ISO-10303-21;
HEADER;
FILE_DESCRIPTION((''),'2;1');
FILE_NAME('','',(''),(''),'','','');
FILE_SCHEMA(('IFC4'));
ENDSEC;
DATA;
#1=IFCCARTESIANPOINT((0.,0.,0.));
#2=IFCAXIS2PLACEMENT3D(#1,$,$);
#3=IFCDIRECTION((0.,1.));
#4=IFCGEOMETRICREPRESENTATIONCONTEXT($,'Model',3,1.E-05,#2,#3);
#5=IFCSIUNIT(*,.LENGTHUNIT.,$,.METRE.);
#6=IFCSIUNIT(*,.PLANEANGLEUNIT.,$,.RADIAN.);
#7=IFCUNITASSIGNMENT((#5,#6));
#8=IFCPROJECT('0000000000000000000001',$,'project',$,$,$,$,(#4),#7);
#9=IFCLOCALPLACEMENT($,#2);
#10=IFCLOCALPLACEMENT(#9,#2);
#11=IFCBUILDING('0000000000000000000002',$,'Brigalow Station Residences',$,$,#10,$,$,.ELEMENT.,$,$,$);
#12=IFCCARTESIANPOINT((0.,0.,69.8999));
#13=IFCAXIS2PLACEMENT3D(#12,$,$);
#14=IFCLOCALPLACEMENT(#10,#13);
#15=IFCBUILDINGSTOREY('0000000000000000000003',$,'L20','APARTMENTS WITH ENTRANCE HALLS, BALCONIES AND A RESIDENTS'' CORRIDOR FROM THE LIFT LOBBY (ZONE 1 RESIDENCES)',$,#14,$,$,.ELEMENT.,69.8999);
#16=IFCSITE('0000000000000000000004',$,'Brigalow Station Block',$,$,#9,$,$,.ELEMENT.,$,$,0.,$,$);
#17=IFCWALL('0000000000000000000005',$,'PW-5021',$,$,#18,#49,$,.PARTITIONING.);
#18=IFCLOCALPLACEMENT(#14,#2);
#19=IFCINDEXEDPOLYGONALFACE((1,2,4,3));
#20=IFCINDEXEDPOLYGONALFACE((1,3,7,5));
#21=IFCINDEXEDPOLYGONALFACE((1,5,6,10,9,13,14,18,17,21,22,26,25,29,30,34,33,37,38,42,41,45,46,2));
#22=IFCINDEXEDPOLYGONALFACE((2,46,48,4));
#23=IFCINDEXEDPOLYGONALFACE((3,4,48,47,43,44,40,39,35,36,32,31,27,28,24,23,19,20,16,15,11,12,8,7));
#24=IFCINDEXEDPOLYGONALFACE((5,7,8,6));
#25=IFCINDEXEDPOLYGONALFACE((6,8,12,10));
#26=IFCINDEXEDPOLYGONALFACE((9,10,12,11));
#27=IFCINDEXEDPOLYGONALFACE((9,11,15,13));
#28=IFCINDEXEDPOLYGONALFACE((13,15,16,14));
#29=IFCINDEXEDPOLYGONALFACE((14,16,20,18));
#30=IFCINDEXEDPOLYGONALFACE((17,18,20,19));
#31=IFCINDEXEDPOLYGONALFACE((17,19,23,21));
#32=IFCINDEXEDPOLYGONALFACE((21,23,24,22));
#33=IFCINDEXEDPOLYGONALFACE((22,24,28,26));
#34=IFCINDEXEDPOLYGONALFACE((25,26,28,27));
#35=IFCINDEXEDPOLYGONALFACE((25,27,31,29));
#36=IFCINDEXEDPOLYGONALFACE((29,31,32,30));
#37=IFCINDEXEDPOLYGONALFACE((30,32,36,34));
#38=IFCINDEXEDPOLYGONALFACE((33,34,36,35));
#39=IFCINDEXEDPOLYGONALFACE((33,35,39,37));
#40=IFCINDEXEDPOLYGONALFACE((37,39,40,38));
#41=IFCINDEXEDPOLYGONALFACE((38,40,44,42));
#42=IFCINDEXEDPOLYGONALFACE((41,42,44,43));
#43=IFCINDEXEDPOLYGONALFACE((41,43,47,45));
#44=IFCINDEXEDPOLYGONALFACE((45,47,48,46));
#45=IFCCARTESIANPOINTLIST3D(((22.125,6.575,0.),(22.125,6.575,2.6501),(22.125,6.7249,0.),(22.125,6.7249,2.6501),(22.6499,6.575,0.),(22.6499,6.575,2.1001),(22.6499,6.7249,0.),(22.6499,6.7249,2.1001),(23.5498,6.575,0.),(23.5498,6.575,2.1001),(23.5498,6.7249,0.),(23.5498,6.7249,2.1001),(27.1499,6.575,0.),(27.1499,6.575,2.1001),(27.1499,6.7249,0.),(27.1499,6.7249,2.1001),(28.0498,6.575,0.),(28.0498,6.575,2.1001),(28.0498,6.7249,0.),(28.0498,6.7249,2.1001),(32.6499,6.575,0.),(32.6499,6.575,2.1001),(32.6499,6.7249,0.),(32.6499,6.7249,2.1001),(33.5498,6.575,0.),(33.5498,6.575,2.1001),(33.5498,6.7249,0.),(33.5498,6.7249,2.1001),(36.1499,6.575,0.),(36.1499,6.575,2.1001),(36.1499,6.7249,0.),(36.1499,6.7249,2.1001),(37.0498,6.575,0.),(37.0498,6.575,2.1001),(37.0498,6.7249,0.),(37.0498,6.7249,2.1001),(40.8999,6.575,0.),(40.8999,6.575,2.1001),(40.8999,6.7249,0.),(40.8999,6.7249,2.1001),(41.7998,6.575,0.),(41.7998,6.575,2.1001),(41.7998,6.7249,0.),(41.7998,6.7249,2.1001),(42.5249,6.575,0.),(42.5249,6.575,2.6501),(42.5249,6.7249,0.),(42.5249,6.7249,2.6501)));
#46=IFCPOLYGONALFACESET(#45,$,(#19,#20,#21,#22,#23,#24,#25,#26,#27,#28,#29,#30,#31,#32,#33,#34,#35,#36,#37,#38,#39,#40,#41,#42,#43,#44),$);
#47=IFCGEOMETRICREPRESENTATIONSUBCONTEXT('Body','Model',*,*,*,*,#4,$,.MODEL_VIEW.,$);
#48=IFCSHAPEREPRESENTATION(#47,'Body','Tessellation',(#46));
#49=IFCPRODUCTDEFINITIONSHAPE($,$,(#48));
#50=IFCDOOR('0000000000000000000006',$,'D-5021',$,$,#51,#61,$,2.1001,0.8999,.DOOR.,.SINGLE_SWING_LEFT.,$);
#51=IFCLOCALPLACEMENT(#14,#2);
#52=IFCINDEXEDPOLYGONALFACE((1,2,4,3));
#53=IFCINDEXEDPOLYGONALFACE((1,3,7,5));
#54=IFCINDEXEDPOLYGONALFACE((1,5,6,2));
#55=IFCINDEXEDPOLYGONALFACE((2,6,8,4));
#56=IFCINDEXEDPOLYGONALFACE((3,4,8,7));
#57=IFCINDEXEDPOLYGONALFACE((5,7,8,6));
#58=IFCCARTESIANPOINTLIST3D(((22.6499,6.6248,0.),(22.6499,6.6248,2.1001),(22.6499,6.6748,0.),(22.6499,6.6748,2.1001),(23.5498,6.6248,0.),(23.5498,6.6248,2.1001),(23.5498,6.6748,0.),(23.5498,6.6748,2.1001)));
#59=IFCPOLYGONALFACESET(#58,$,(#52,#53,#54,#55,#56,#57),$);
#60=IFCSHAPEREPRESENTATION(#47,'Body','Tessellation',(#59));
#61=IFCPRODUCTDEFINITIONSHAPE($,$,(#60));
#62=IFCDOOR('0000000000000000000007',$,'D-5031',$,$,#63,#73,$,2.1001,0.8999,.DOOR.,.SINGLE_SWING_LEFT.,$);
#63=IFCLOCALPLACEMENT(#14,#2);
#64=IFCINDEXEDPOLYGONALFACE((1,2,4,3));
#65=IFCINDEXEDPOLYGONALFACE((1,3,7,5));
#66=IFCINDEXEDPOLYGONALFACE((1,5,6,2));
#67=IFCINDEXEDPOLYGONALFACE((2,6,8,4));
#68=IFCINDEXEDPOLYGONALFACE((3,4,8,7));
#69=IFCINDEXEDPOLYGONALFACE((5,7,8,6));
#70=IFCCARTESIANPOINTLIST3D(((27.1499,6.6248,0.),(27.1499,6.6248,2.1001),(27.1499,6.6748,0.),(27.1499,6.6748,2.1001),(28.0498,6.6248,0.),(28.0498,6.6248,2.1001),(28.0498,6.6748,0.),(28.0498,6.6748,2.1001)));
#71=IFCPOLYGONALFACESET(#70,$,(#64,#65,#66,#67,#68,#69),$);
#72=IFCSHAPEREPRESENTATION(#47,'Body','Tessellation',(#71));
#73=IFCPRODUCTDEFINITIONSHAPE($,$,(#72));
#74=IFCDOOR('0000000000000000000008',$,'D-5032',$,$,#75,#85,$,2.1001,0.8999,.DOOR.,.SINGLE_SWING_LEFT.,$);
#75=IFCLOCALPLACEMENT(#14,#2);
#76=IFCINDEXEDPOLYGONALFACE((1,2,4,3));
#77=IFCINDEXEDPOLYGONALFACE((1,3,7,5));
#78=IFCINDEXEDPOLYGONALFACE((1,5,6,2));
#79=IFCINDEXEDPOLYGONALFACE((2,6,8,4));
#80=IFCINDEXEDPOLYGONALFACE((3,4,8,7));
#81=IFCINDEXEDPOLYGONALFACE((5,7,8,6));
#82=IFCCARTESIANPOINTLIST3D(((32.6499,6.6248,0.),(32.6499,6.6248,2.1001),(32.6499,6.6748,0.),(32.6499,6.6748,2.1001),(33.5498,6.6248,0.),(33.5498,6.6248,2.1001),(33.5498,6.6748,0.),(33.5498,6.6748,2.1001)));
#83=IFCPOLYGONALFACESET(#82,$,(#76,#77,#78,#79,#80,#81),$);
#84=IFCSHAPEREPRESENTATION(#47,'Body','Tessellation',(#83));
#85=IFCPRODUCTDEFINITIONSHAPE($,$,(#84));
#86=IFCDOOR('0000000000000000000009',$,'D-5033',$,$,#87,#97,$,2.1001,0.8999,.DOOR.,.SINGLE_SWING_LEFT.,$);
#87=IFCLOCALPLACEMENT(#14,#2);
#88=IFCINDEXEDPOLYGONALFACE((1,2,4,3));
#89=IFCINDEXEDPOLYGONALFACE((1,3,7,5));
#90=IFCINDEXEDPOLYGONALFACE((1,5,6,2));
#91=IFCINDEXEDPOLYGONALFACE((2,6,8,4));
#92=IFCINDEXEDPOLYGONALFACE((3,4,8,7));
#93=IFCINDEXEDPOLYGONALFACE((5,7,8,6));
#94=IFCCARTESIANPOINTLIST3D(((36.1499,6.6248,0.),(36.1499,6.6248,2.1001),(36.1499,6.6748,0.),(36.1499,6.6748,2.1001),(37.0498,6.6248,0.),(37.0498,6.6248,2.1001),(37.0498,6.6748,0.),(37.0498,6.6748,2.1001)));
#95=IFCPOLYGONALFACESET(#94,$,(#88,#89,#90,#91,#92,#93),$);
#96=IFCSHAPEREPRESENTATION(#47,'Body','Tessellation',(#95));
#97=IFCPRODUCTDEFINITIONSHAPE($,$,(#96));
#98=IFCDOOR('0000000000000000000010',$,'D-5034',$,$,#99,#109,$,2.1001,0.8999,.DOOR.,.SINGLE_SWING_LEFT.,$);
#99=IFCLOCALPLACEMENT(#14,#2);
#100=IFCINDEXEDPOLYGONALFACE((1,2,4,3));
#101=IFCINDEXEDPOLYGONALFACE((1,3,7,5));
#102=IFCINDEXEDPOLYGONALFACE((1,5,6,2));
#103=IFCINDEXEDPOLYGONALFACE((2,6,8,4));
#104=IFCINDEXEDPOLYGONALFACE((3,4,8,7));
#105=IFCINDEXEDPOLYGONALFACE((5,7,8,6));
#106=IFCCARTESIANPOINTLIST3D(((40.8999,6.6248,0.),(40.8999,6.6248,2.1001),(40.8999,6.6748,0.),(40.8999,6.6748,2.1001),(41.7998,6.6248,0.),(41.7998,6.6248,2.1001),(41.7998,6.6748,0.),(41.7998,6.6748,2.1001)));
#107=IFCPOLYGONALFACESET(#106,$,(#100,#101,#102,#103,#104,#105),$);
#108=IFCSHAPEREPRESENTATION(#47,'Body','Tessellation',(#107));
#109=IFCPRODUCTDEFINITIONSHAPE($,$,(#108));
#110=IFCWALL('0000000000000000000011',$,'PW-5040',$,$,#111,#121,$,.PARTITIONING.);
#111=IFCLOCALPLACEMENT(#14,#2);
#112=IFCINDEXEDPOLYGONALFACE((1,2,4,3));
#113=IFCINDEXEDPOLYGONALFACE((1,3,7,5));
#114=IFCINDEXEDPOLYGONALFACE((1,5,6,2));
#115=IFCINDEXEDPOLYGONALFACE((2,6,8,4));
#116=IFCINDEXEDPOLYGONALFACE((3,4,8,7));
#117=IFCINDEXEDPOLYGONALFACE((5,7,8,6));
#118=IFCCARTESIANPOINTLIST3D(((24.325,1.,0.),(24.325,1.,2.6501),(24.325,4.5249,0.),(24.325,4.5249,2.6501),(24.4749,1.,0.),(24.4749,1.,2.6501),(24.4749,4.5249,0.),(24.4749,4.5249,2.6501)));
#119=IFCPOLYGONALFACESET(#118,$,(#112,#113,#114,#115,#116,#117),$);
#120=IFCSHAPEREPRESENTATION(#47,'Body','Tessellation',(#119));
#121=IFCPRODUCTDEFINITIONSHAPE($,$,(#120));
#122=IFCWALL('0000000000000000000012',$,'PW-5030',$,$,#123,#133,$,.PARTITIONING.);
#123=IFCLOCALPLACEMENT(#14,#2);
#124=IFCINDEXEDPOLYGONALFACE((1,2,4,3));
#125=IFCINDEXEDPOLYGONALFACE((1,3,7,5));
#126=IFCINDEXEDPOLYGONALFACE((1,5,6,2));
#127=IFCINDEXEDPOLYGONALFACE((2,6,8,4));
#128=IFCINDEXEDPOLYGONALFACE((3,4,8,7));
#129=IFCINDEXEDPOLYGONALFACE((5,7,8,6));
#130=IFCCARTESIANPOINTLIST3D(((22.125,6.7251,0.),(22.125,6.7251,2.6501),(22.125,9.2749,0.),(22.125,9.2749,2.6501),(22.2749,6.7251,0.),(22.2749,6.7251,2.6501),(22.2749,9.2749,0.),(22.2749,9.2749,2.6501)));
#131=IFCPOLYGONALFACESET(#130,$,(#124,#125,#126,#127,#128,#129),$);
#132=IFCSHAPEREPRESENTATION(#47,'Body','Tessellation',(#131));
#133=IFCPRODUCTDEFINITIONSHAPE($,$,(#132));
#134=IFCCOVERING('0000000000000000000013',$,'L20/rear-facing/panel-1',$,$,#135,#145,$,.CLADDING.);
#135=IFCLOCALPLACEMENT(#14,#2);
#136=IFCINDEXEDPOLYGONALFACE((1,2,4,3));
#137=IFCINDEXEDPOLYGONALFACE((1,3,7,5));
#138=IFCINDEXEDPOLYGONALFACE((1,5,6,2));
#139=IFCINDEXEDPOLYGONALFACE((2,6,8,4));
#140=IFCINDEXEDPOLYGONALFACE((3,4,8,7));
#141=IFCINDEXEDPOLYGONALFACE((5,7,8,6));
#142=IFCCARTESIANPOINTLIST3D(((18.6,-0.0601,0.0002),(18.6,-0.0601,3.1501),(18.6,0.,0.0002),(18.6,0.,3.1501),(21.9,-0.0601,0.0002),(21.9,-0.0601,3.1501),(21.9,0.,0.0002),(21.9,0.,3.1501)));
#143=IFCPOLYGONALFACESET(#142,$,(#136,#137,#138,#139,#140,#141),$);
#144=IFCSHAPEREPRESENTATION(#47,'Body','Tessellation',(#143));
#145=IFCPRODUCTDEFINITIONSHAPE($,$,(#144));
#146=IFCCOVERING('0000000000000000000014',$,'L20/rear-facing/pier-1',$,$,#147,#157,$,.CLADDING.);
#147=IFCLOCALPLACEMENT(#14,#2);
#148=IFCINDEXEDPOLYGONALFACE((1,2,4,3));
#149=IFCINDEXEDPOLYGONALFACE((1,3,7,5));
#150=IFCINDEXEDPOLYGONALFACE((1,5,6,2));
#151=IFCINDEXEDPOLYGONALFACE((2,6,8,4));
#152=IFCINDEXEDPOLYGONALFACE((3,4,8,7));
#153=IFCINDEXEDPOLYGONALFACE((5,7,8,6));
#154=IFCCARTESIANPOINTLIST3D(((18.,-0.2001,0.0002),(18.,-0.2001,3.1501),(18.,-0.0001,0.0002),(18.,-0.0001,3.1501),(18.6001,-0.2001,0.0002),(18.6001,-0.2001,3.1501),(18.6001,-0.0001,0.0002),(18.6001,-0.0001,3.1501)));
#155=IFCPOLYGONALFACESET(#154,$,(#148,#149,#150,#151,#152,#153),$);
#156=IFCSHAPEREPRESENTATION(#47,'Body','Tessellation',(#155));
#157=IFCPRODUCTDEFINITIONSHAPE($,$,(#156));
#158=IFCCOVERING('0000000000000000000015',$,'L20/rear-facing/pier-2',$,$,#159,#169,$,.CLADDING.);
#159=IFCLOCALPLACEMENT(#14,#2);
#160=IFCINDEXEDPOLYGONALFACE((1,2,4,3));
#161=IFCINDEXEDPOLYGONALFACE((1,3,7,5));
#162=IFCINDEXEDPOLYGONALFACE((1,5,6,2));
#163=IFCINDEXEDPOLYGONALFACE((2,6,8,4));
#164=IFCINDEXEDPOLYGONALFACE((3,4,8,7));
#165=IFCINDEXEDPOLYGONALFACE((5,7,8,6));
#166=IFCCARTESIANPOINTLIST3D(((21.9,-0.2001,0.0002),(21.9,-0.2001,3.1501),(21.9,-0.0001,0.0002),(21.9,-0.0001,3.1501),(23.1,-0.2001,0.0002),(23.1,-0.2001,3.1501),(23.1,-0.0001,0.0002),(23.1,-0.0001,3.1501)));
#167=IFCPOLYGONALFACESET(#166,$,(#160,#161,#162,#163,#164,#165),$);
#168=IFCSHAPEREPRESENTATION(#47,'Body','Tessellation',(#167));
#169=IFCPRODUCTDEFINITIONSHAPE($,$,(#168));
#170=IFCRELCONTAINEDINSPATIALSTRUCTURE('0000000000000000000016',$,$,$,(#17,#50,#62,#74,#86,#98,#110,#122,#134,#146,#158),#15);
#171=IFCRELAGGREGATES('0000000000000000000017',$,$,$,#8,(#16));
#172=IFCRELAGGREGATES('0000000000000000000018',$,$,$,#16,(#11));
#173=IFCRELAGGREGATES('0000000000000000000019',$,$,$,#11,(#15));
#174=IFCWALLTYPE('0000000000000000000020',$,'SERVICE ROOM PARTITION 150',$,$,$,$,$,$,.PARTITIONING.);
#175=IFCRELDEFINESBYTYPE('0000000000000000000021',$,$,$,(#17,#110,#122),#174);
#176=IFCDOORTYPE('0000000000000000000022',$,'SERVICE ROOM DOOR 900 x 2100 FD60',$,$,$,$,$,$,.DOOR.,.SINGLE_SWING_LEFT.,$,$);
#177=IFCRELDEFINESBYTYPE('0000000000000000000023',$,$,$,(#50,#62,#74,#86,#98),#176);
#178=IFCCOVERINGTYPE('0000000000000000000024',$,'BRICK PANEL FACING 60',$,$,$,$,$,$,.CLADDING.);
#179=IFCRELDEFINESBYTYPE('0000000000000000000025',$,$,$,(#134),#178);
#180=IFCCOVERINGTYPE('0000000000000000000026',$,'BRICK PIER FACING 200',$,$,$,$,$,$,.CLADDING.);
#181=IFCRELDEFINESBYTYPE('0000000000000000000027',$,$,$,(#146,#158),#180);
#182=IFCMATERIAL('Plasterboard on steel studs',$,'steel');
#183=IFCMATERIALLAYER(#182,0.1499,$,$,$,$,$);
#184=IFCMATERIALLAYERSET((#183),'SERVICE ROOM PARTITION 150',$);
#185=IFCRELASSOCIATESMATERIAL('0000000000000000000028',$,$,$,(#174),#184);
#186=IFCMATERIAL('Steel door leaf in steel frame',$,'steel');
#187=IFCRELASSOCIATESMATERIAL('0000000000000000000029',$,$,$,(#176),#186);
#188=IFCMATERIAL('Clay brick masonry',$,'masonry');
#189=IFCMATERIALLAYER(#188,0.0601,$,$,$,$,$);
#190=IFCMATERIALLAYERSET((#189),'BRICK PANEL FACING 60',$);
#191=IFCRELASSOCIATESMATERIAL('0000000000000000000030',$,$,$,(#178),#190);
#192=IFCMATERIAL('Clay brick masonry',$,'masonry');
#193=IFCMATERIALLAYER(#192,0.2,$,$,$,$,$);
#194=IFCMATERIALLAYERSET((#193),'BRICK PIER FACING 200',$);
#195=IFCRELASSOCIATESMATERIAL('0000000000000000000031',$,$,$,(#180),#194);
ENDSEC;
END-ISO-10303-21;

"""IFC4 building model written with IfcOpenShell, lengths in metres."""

from ifc_helpers import new_model, si_unit, direction, frame, frame_2d, origin, origin_2d, place, context, subcontext, project, spatial, rectangle, extrude, material, layer, layer_set, type_object, element, fill, save


model = new_model("IFC4")

# Units and contexts
model_context = context("Model", 3, precision=1e-05, world=origin(), true_north=direction((0.0, 1.0)))
body_context = subcontext(model_context, "Body", "Model", "MODEL_VIEW")
ifc_project = project(units=[si_unit("LENGTHUNIT", "METRE"), si_unit("PLANEANGLEUNIT", "RADIAN")], contexts=[model_context])

# Site, building, storey
site_placement = place(None, origin())
site = spatial("IfcSite", under=ifc_project, at=site_placement, Name="Brigalow Station Block", CompositionType="ELEMENT", RefElevation=0.0)
building_placement = place(site_placement, origin())
building = spatial("IfcBuilding", under=site, at=building_placement, Name="Brigalow Station Residences", CompositionType="ELEMENT")
storey_placement = place(building_placement, frame((0.0, 0.0, 69.8999)))
storey = spatial("IfcBuildingStorey", under=building, at=storey_placement, Name="L20", Description="APARTMENTS WITH ENTRANCE HALLS, BALCONIES AND A RESIDENTS' CORRIDOR FROM THE LIFT LOBBY (ZONE 1 RESIDENCES)", CompositionType="ELEMENT", Elevation=69.8999)

# Wall, openings, doors
ifc_material_1 = material(Name="Plasterboard on steel studs", Category="steel")
ifc_layer_1 = layer(ifc_material_1, 0.1499)
ifc_layer_set_1 = layer_set([ifc_layer_1], Name="SERVICE ROOM PARTITION 150")
wall_type_1 = type_object("IfcWallType", Name="SERVICE ROOM PARTITION 150", PredefinedType="PARTITIONING", material=ifc_layer_set_1)
ifc_material_2 = material(Name="Steel door leaf in steel frame", Category="steel")
door_type = type_object("IfcDoorType", Name="SERVICE ROOM DOOR 900 x 2100 FD60", OperationType="SINGLE_SWING_LEFT", PredefinedType="DOOR", material=ifc_material_2)
wall_1_placement = place(storey_placement, frame((22.125, 6.6499, 0.0), z_axis=(0.0, 0.0, 1.0), x_axis=(1.0, 0.0, 0.0)))
wall_1 = element("IfcWall", 1, at=wall_1_placement, inside=storey, type_object=wall_type_1, Name="PW-5021", PredefinedType="PARTITIONING", context=body_context, shape_type="SweptSolid", body=[
    extrude(rectangle(XDim=20.3999, YDim=0.1499, at=frame_2d((10.2, 0.0))), origin(), (0.0, 0.0, 1.0), 2.6501),
])
opening_1_placement = place(wall_1_placement, frame((0.5249, 0.0, 0.0)))
opening_1 = element("IfcOpeningElement", 2, at=opening_1_placement, cuts=wall_1, PredefinedType="OPENING", context=body_context, shape_type="SweptSolid", body=[
    extrude(rectangle(XDim=0.8999, YDim=2.1001, at=frame_2d((0.45, 1.05))), frame((0.0, 0.085, 0.0), z_axis=(0.0, -1.0, 0.0), x_axis=(1.0, 0.0, 0.0)), (0.0, 0.0, 1.0), 0.1699),
])
opening_2_placement = place(wall_1_placement, frame((5.0249, 0.0, 0.0)))
opening_2 = element("IfcOpeningElement", 3, at=opening_2_placement, cuts=wall_1, PredefinedType="OPENING", context=body_context, shape_type="SweptSolid", body=[
    extrude(rectangle(XDim=0.8999, YDim=2.1001, at=frame_2d((0.45, 1.05))), frame((0.0, 0.085, 0.0), z_axis=(0.0, -1.0, 0.0), x_axis=(1.0, 0.0, 0.0)), (0.0, 0.0, 1.0), 0.1699),
])
opening_3_placement = place(wall_1_placement, frame((10.5249, 0.0, 0.0)))
opening_3 = element("IfcOpeningElement", 4, at=opening_3_placement, cuts=wall_1, PredefinedType="OPENING", context=body_context, shape_type="SweptSolid", body=[
    extrude(rectangle(XDim=0.8999, YDim=2.1001, at=frame_2d((0.45, 1.05))), frame((0.0, 0.085, 0.0), z_axis=(0.0, -1.0, 0.0), x_axis=(1.0, 0.0, 0.0)), (0.0, 0.0, 1.0), 0.1699),
])
opening_4_placement = place(wall_1_placement, frame((14.0249, 0.0, 0.0)))
opening_4 = element("IfcOpeningElement", 5, at=opening_4_placement, cuts=wall_1, PredefinedType="OPENING", context=body_context, shape_type="SweptSolid", body=[
    extrude(rectangle(XDim=0.8999, YDim=2.1001, at=frame_2d((0.45, 1.05))), frame((0.0, 0.085, 0.0), z_axis=(0.0, -1.0, 0.0), x_axis=(1.0, 0.0, 0.0)), (0.0, 0.0, 1.0), 0.1699),
])
opening_5_placement = place(wall_1_placement, frame((18.7749, 0.0, 0.0)))
opening_5 = element("IfcOpeningElement", 6, at=opening_5_placement, cuts=wall_1, PredefinedType="OPENING", context=body_context, shape_type="SweptSolid", body=[
    extrude(rectangle(XDim=0.8999, YDim=2.1001, at=frame_2d((0.45, 1.05))), frame((0.0, 0.085, 0.0), z_axis=(0.0, -1.0, 0.0), x_axis=(1.0, 0.0, 0.0)), (0.0, 0.0, 1.0), 0.1699),
])
door_1_placement = place(opening_1_placement, origin())
door_1 = element("IfcDoor", 7, at=door_1_placement, inside=storey, type_object=door_type, Name="D-5021", OperationType="SINGLE_SWING_LEFT", OverallHeight=2.1001, OverallWidth=0.8999, PredefinedType="DOOR", context=body_context, shape_type="SweptSolid", body=[
    extrude(rectangle(XDim=0.8999, YDim=2.1001, at=frame_2d((0.45, 1.05))), frame((0.0, 0.0249, 0.0), z_axis=(0.0, -1.0, 0.0), x_axis=(1.0, 0.0, 0.0)), (0.0, 0.0, 1.0), 0.05),
])
fill(opening_1, door_1)
door_2_placement = place(opening_2_placement, origin())
door_2 = element("IfcDoor", 8, at=door_2_placement, inside=storey, type_object=door_type, Name="D-5031", OperationType="SINGLE_SWING_LEFT", OverallHeight=2.1001, OverallWidth=0.8999, PredefinedType="DOOR", context=body_context, shape_type="SweptSolid", body=[
    extrude(rectangle(XDim=0.8999, YDim=2.1001, at=frame_2d((0.45, 1.05))), frame((0.0, 0.0249, 0.0), z_axis=(0.0, -1.0, 0.0), x_axis=(1.0, 0.0, 0.0)), (0.0, 0.0, 1.0), 0.05),
])
fill(opening_2, door_2)
door_3_placement = place(opening_3_placement, origin())
door_3 = element("IfcDoor", 9, at=door_3_placement, inside=storey, type_object=door_type, Name="D-5032", OperationType="SINGLE_SWING_LEFT", OverallHeight=2.1001, OverallWidth=0.8999, PredefinedType="DOOR", context=body_context, shape_type="SweptSolid", body=[
    extrude(rectangle(XDim=0.8999, YDim=2.1001, at=frame_2d((0.45, 1.05))), frame((0.0, 0.0249, 0.0), z_axis=(0.0, -1.0, 0.0), x_axis=(1.0, 0.0, 0.0)), (0.0, 0.0, 1.0), 0.05),
])
fill(opening_3, door_3)
door_4_placement = place(opening_4_placement, origin())
door_4 = element("IfcDoor", 10, at=door_4_placement, inside=storey, type_object=door_type, Name="D-5033", OperationType="SINGLE_SWING_LEFT", OverallHeight=2.1001, OverallWidth=0.8999, PredefinedType="DOOR", context=body_context, shape_type="SweptSolid", body=[
    extrude(rectangle(XDim=0.8999, YDim=2.1001, at=frame_2d((0.45, 1.05))), frame((0.0, 0.0249, 0.0), z_axis=(0.0, -1.0, 0.0), x_axis=(1.0, 0.0, 0.0)), (0.0, 0.0, 1.0), 0.05),
])
fill(opening_4, door_4)
door_5_placement = place(opening_5_placement, origin())
door_5 = element("IfcDoor", 11, at=door_5_placement, inside=storey, type_object=door_type, Name="D-5034", OperationType="SINGLE_SWING_LEFT", OverallHeight=2.1001, OverallWidth=0.8999, PredefinedType="DOOR", context=body_context, shape_type="SweptSolid", body=[
    extrude(rectangle(XDim=0.8999, YDim=2.1001, at=frame_2d((0.45, 1.05))), frame((0.0, 0.0249, 0.0), z_axis=(0.0, -1.0, 0.0), x_axis=(1.0, 0.0, 0.0)), (0.0, 0.0, 1.0), 0.05),
])
fill(opening_5, door_5)

# Walls
wall_2_placement = place(storey_placement, frame((24.3999, 1.0, 0.0), z_axis=(0.0, 0.0, 1.0), x_axis=(0.0, 1.0, 0.0)))
element("IfcWall", 12, at=wall_2_placement, inside=storey, type_object=wall_type_1, Name="PW-5040", PredefinedType="PARTITIONING", context=body_context, shape_type="SweptSolid", body=[
    extrude(rectangle(XDim=3.5249, YDim=0.1499, at=frame_2d((1.7625, 0.0))), origin(), (0.0, 0.0, 1.0), 2.6501),
])
wall_3_placement = place(storey_placement, frame((22.2, 6.7251, 0.0), z_axis=(0.0, 0.0, 1.0), x_axis=(0.0, 1.0, 0.0)))
element("IfcWall", 13, at=wall_3_placement, inside=storey, type_object=wall_type_1, Name="PW-5030", PredefinedType="PARTITIONING", context=body_context, shape_type="SweptSolid", body=[
    extrude(rectangle(XDim=2.5498, YDim=0.1499, at=frame_2d((1.2749, 0.0))), origin(), (0.0, 0.0, 1.0), 2.6501),
])

# Coverings
ifc_material_3 = material(Name="Clay brick masonry", Category="masonry")
ifc_layer_2 = layer(ifc_material_3, 0.0601)
ifc_layer_set_2 = layer_set([ifc_layer_2], Name="BRICK PANEL FACING 60")
covering_type_1 = type_object("IfcCoveringType", Name="BRICK PANEL FACING 60", PredefinedType="CLADDING", material=ifc_layer_set_2)
covering_1_placement = place(storey_placement, frame((20.25, -0.03, 0.0002), z_axis=(0.0, 0.0, 1.0), x_axis=(1.0, 0.0, 0.0)))
element("IfcCovering", 14, at=covering_1_placement, inside=storey, type_object=covering_type_1, Name="L20/rear-facing/panel-1", PredefinedType="CLADDING", context=body_context, shape_type="SweptSolid", body=[
    extrude(rectangle(XDim=3.3, YDim=0.0601, at=origin_2d()), origin(), (0.0, 0.0, 1.0), 3.1499),
])
ifc_material_4 = material(Name="Clay brick masonry", Category="masonry")
ifc_layer_3 = layer(ifc_material_4, 0.2)
ifc_layer_set_3 = layer_set([ifc_layer_3], Name="BRICK PIER FACING 200")
covering_type_2 = type_object("IfcCoveringType", Name="BRICK PIER FACING 200", PredefinedType="CLADDING", material=ifc_layer_set_3)
covering_2_placement = place(storey_placement, frame((18.3, -0.1001, 0.0002), z_axis=(0.0, 0.0, 1.0), x_axis=(1.0, 0.0, 0.0)))
element("IfcCovering", 15, at=covering_2_placement, inside=storey, type_object=covering_type_2, Name="L20/rear-facing/pier-1", PredefinedType="CLADDING", context=body_context, shape_type="SweptSolid", body=[
    extrude(rectangle(XDim=0.6001, YDim=0.2, at=origin_2d()), origin(), (0.0, 0.0, 1.0), 3.1499),
])
covering_3_placement = place(storey_placement, frame((22.5, -0.1001, 0.0002), z_axis=(0.0, 0.0, 1.0), x_axis=(1.0, 0.0, 0.0)))
element("IfcCovering", 16, at=covering_3_placement, inside=storey, type_object=covering_type_2, Name="L20/rear-facing/pier-2", PredefinedType="CLADDING", context=body_context, shape_type="SweptSolid", body=[
    extrude(rectangle(XDim=1.2, YDim=0.2, at=origin_2d()), origin(), (0.0, 0.0, 1.0), 3.1499),
])

save(model, "model.ifc")
